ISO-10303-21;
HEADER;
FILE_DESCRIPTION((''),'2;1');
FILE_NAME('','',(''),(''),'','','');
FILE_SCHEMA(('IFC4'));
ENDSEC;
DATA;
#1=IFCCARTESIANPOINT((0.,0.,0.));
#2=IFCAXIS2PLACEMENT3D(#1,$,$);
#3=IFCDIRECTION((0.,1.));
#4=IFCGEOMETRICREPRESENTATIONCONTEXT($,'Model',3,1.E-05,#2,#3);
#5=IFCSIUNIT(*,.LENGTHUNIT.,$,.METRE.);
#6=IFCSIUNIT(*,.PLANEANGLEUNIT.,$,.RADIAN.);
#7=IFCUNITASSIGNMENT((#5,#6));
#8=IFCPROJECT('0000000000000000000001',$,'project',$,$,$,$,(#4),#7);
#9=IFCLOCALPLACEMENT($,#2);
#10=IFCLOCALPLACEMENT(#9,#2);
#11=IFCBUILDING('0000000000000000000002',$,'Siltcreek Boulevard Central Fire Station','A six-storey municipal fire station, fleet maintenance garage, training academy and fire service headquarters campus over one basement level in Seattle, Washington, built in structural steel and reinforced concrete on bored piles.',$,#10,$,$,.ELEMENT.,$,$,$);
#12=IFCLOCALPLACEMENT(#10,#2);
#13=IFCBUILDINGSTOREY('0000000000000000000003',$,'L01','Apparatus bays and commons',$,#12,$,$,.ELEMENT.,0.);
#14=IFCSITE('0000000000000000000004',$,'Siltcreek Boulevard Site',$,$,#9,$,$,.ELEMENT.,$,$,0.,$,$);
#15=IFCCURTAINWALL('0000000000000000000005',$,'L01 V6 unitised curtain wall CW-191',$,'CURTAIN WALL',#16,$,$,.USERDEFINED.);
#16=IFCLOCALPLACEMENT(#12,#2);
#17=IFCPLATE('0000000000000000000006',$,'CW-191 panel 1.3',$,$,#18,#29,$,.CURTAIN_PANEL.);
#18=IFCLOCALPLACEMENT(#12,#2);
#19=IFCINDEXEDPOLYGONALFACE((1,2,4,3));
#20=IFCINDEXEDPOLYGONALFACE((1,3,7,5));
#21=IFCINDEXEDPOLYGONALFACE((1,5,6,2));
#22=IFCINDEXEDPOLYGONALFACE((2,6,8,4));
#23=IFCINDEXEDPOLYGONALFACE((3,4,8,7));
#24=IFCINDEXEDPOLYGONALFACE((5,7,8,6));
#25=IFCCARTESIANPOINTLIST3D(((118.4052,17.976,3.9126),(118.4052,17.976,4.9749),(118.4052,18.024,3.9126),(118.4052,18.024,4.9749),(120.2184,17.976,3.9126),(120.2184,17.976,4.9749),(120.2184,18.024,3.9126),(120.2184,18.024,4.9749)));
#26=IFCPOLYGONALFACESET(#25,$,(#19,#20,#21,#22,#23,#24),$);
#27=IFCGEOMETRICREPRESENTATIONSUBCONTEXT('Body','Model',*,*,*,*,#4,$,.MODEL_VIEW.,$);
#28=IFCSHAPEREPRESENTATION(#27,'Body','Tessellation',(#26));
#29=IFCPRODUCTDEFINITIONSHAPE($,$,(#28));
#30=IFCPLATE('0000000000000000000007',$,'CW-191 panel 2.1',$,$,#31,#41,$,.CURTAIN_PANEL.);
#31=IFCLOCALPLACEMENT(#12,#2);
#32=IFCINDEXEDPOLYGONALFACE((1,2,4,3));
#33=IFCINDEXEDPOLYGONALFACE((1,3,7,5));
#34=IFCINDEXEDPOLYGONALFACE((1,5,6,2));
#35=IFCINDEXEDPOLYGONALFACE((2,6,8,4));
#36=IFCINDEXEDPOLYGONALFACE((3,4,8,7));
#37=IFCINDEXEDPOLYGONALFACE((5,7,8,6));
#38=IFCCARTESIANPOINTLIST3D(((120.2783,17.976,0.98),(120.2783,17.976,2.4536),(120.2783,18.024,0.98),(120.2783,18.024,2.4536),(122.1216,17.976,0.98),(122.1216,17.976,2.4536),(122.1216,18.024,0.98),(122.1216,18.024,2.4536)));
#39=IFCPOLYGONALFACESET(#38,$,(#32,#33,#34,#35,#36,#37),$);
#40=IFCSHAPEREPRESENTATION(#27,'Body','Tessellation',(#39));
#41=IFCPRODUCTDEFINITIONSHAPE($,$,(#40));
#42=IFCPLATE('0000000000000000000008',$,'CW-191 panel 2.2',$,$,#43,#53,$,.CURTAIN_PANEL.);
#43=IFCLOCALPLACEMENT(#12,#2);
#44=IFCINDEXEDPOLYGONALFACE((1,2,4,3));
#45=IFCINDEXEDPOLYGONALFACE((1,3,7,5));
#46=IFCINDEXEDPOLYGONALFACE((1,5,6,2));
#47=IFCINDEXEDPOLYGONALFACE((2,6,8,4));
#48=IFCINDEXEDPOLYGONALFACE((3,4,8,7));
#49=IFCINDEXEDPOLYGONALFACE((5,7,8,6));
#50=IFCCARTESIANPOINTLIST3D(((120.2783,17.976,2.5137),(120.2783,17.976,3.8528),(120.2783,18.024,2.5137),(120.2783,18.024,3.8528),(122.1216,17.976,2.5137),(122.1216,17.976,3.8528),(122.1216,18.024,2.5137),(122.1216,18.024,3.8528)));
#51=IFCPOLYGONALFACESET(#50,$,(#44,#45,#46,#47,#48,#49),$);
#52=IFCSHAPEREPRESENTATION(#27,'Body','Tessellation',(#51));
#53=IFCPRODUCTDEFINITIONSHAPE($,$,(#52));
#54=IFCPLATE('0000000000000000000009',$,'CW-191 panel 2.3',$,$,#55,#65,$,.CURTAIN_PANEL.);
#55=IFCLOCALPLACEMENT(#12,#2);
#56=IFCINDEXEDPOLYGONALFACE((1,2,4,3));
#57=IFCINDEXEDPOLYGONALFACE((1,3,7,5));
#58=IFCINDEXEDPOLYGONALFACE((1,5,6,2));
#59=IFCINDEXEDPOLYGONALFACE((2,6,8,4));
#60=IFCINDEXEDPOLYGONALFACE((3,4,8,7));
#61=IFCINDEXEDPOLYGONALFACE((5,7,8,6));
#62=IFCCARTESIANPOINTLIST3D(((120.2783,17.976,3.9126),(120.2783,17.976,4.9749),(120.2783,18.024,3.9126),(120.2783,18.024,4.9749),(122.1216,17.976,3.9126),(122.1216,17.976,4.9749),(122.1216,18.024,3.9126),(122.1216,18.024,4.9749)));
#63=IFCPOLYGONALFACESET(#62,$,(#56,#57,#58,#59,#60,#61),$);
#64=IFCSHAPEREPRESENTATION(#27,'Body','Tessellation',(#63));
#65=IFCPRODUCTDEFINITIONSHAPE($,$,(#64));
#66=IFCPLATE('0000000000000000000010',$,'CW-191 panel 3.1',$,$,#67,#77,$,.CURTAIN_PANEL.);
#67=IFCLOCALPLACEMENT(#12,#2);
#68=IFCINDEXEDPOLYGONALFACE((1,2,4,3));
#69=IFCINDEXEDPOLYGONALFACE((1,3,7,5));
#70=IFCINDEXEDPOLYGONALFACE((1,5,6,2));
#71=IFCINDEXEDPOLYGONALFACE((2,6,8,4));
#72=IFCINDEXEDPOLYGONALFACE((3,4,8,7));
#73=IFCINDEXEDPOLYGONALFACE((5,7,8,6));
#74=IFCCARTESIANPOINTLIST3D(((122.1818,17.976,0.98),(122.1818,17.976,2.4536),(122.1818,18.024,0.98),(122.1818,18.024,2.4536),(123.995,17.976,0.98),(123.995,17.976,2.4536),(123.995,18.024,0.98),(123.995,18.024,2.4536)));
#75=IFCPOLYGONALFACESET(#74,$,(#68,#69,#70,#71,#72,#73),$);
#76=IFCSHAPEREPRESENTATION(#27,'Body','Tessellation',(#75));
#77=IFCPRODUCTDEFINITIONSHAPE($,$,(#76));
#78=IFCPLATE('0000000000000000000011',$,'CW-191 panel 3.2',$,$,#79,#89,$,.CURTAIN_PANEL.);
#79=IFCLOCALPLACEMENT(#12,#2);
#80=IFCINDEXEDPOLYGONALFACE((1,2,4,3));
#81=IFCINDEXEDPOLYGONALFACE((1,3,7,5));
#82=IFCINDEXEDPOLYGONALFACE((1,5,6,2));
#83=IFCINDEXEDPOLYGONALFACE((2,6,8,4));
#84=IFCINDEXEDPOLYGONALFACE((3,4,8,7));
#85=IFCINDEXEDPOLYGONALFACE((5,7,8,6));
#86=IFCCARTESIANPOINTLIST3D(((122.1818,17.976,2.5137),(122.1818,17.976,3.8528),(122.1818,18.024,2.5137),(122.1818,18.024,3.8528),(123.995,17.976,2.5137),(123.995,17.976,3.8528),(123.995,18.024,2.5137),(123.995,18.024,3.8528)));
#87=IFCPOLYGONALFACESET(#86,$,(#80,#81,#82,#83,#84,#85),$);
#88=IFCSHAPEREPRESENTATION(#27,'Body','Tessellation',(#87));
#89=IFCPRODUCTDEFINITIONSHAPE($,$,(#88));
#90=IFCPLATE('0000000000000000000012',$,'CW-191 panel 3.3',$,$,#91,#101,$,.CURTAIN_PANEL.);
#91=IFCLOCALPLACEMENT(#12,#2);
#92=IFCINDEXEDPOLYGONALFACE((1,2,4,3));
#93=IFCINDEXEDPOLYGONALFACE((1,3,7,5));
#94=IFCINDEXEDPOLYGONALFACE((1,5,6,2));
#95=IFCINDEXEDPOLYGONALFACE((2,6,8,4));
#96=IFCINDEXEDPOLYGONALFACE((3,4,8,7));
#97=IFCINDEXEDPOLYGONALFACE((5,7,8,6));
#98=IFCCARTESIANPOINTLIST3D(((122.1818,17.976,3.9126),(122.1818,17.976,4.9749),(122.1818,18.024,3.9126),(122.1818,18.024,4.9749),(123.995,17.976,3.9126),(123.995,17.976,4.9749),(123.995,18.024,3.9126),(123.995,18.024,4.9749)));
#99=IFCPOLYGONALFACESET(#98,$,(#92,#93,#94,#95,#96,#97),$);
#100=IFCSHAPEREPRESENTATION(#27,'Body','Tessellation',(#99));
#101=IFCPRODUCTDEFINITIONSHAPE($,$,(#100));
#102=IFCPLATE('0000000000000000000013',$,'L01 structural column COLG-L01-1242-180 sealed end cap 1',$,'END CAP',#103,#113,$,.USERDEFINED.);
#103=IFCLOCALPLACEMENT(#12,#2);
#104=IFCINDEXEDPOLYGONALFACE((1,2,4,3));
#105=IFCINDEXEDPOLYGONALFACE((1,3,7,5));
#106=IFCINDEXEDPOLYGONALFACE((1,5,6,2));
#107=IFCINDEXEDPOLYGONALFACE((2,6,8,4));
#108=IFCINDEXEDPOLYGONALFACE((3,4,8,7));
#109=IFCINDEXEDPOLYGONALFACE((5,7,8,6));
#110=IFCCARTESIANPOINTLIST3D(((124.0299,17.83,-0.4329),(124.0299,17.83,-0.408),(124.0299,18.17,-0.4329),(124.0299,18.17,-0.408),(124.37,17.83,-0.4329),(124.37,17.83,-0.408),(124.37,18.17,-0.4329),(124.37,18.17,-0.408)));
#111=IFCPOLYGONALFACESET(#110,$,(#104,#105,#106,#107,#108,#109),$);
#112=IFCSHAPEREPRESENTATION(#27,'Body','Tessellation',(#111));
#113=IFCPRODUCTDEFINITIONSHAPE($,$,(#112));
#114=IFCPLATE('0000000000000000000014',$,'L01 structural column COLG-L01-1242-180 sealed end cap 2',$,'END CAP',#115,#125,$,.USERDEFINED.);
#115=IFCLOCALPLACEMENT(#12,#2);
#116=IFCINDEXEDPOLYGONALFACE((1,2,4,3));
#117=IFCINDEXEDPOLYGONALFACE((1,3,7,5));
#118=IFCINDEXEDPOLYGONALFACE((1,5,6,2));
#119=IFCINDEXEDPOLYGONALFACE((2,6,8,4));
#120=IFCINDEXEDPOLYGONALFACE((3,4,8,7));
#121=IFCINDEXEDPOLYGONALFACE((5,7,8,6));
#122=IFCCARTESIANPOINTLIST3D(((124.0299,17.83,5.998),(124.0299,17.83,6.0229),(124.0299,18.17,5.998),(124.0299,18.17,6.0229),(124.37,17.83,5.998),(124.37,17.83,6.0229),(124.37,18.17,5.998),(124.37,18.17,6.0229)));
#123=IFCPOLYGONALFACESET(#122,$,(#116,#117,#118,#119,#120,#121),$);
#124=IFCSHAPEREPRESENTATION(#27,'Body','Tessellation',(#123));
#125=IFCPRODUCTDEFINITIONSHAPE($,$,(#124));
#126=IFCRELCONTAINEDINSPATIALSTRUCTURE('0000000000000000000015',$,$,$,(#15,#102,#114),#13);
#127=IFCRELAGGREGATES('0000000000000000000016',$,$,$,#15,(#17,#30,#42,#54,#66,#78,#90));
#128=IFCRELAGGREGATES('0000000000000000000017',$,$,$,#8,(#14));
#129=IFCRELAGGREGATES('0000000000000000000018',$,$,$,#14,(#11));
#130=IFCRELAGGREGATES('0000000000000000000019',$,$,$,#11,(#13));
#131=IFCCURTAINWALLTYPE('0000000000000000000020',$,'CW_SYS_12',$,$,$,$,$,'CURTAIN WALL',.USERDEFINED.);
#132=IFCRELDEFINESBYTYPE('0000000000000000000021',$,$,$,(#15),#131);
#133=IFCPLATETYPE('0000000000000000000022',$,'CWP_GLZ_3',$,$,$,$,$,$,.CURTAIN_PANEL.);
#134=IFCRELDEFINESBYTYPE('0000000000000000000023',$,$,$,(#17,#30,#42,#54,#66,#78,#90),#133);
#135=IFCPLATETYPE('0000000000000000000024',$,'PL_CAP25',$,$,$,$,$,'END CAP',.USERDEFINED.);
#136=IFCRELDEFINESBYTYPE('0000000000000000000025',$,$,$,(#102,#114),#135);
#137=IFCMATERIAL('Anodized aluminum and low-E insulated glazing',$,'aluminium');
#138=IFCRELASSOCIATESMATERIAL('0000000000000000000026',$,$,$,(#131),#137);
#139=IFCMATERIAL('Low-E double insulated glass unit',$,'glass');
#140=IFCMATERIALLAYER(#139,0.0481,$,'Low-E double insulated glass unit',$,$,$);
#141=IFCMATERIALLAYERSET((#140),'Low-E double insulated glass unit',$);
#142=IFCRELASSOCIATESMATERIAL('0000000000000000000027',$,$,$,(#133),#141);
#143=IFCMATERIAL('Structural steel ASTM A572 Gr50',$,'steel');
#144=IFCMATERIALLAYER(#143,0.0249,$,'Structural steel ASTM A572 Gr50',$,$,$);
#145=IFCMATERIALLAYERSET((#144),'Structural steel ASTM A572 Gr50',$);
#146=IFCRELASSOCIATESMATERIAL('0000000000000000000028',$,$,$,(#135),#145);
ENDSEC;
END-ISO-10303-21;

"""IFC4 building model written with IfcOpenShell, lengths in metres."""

from ifc_helpers import new_model, si_unit, direction, frame, origin, origin_2d, place, context, subcontext, project, spatial, rectangle, extrude, material, layer, layer_set, type_object, element, aggregate, save


model = new_model("IFC4")

# Units and contexts
model_context = context("Model", 3, precision=1e-05, world=origin(), true_north=direction((0.0, 1.0)))
body_context = subcontext(model_context, "Body", "Model", "MODEL_VIEW")
ifc_project = project(units=[si_unit("LENGTHUNIT", "METRE"), si_unit("PLANEANGLEUNIT", "RADIAN")], contexts=[model_context])

# Site, building, storey
site_placement = place(None, origin())
site = spatial("IfcSite", under=ifc_project, at=site_placement, Name="Siltcreek Boulevard Site", CompositionType="ELEMENT", RefElevation=0.0)
building_placement = place(site_placement, origin())
building = spatial("IfcBuilding", under=site, at=building_placement, Name="Siltcreek Boulevard Central Fire Station", Description="A six-storey municipal fire station, fleet maintenance garage, training academy and fire service headquarters campus over one basement level in Seattle, Washington, built in structural steel and reinforced concrete on bored piles.", CompositionType="ELEMENT")
storey_placement = place(building_placement, origin())
storey = spatial("IfcBuildingStorey", under=building, at=storey_placement, Name="L01", Description="Apparatus bays and commons", CompositionType="ELEMENT", Elevation=0.0)

# Curtain wall
ifc_material_1 = material(Name="Anodized aluminum and low-E insulated glazing", Category="aluminium")
curtain_wall_type = type_object("IfcCurtainWallType", Name="CW_SYS_12", ElementType="CURTAIN WALL", PredefinedType="USERDEFINED", material=ifc_material_1)
curtain_wall_placement = place(storey_placement, origin())
curtain_wall = element("IfcCurtainWall", 1, at=curtain_wall_placement, inside=storey, type_object=curtain_wall_type, Name="L01 V6 unitised curtain wall CW-191", ObjectType="CURTAIN WALL", PredefinedType="USERDEFINED")

# Plates
ifc_material_2 = material(Name="Low-E double insulated glass unit", Category="glass")
ifc_layer_1 = layer(ifc_material_2, 0.0481, Name="Low-E double insulated glass unit")
ifc_layer_set_1 = layer_set([ifc_layer_1], Name="Low-E double insulated glass unit")
plate_type_1 = type_object("IfcPlateType", Name="CWP_GLZ_3", PredefinedType="CURTAIN_PANEL", material=ifc_layer_set_1)
plate_1_placement = place(storey_placement, frame((119.3118, 18.0, 3.9126), z_axis=(0.0, 0.0, 1.0), x_axis=(1.0, 0.0, 0.0)))
plate_1 = element("IfcPlate", 2, at=plate_1_placement, type_object=plate_type_1, Name="CW-191 panel 1.3", PredefinedType="CURTAIN_PANEL", context=body_context, shape_type="SweptSolid", body=[
    extrude(rectangle(XDim=1.8132, YDim=0.0481, at=origin_2d()), origin(), (0.0, 0.0, 1.0), 1.0623),
])
plate_2_placement = place(storey_placement, frame((121.2, 18.0, 0.98), z_axis=(0.0, 0.0, 1.0), x_axis=(1.0, 0.0, 0.0)))
plate_2 = element("IfcPlate", 3, at=plate_2_placement, type_object=plate_type_1, Name="CW-191 panel 2.1", PredefinedType="CURTAIN_PANEL", context=body_context, shape_type="SweptSolid", body=[
    extrude(rectangle(XDim=1.8433, YDim=0.0481, at=origin_2d()), origin(), (0.0, 0.0, 1.0), 1.4736),
])
plate_3_placement = place(storey_placement, frame((121.2, 18.0, 2.5137), z_axis=(0.0, 0.0, 1.0), x_axis=(1.0, 0.0, 0.0)))
plate_3 = element("IfcPlate", 4, at=plate_3_placement, type_object=plate_type_1, Name="CW-191 panel 2.2", PredefinedType="CURTAIN_PANEL", context=body_context, shape_type="SweptSolid", body=[
    extrude(rectangle(XDim=1.8433, YDim=0.0481, at=origin_2d()), origin(), (0.0, 0.0, 1.0), 1.3391),
])
plate_4_placement = place(storey_placement, frame((121.2, 18.0, 3.9126), z_axis=(0.0, 0.0, 1.0), x_axis=(1.0, 0.0, 0.0)))
plate_4 = element("IfcPlate", 5, at=plate_4_placement, type_object=plate_type_1, Name="CW-191 panel 2.3", PredefinedType="CURTAIN_PANEL", context=body_context, shape_type="SweptSolid", body=[
    extrude(rectangle(XDim=1.8433, YDim=0.0481, at=origin_2d()), origin(), (0.0, 0.0, 1.0), 1.0623),
])
plate_5_placement = place(storey_placement, frame((123.0884, 18.0, 0.98), z_axis=(0.0, 0.0, 1.0), x_axis=(1.0, 0.0, 0.0)))
plate_5 = element("IfcPlate", 6, at=plate_5_placement, type_object=plate_type_1, Name="CW-191 panel 3.1", PredefinedType="CURTAIN_PANEL", context=body_context, shape_type="SweptSolid", body=[
    extrude(rectangle(XDim=1.8132, YDim=0.0481, at=origin_2d()), origin(), (0.0, 0.0, 1.0), 1.4736),
])
plate_6_placement = place(storey_placement, frame((123.0884, 18.0, 2.5137), z_axis=(0.0, 0.0, 1.0), x_axis=(1.0, 0.0, 0.0)))
plate_6 = element("IfcPlate", 7, at=plate_6_placement, type_object=plate_type_1, Name="CW-191 panel 3.2", PredefinedType="CURTAIN_PANEL", context=body_context, shape_type="SweptSolid", body=[
    extrude(rectangle(XDim=1.8132, YDim=0.0481, at=origin_2d()), origin(), (0.0, 0.0, 1.0), 1.3391),
])
plate_7_placement = place(storey_placement, frame((123.0884, 18.0, 3.9126), z_axis=(0.0, 0.0, 1.0), x_axis=(1.0, 0.0, 0.0)))
plate_7 = element("IfcPlate", 8, at=plate_7_placement, type_object=plate_type_1, Name="CW-191 panel 3.3", PredefinedType="CURTAIN_PANEL", context=body_context, shape_type="SweptSolid", body=[
    extrude(rectangle(XDim=1.8132, YDim=0.0481, at=origin_2d()), origin(), (0.0, 0.0, 1.0), 1.0623),
])
aggregate(curtain_wall, [plate_1, plate_2, plate_3, plate_4, plate_5, plate_6, plate_7])

# Plates
ifc_material_3 = material(Name="Structural steel ASTM A572 Gr50", Category="steel")
ifc_layer_2 = layer(ifc_material_3, 0.0249, Name="Structural steel ASTM A572 Gr50")
ifc_layer_set_2 = layer_set([ifc_layer_2], Name="Structural steel ASTM A572 Gr50")
plate_type_2 = type_object("IfcPlateType", Name="PL_CAP25", ElementType="END CAP", PredefinedType="USERDEFINED", material=ifc_layer_set_2)
for number, where, z_axis, x_axis, name in (
    (9, (124.2, 18.0, -0.4329), (0.0, 0.0, 1.0), (1.0, 0.0, 0.0), "L01 structural column COLG-L01-1242-180 sealed end cap 1"),
    (10, (124.2, 18.0, 5.998), (0.0, 0.0, 1.0), (1.0, 0.0, 0.0), "L01 structural column COLG-L01-1242-180 sealed end cap 2"),
):
    element("IfcPlate", number, at=place(storey_placement, frame(where, z_axis=z_axis, x_axis=x_axis)), inside=storey, type_object=plate_type_2, Name=name, ObjectType="END CAP", PredefinedType="USERDEFINED", context=body_context, shape_type="SweptSolid", body=[
        extrude(rectangle(XDim=0.3401, YDim=0.3401, at=origin_2d()), origin(), (0.0, 0.0, 1.0), 0.0249),
    ])

save(model, "model.ifc")
